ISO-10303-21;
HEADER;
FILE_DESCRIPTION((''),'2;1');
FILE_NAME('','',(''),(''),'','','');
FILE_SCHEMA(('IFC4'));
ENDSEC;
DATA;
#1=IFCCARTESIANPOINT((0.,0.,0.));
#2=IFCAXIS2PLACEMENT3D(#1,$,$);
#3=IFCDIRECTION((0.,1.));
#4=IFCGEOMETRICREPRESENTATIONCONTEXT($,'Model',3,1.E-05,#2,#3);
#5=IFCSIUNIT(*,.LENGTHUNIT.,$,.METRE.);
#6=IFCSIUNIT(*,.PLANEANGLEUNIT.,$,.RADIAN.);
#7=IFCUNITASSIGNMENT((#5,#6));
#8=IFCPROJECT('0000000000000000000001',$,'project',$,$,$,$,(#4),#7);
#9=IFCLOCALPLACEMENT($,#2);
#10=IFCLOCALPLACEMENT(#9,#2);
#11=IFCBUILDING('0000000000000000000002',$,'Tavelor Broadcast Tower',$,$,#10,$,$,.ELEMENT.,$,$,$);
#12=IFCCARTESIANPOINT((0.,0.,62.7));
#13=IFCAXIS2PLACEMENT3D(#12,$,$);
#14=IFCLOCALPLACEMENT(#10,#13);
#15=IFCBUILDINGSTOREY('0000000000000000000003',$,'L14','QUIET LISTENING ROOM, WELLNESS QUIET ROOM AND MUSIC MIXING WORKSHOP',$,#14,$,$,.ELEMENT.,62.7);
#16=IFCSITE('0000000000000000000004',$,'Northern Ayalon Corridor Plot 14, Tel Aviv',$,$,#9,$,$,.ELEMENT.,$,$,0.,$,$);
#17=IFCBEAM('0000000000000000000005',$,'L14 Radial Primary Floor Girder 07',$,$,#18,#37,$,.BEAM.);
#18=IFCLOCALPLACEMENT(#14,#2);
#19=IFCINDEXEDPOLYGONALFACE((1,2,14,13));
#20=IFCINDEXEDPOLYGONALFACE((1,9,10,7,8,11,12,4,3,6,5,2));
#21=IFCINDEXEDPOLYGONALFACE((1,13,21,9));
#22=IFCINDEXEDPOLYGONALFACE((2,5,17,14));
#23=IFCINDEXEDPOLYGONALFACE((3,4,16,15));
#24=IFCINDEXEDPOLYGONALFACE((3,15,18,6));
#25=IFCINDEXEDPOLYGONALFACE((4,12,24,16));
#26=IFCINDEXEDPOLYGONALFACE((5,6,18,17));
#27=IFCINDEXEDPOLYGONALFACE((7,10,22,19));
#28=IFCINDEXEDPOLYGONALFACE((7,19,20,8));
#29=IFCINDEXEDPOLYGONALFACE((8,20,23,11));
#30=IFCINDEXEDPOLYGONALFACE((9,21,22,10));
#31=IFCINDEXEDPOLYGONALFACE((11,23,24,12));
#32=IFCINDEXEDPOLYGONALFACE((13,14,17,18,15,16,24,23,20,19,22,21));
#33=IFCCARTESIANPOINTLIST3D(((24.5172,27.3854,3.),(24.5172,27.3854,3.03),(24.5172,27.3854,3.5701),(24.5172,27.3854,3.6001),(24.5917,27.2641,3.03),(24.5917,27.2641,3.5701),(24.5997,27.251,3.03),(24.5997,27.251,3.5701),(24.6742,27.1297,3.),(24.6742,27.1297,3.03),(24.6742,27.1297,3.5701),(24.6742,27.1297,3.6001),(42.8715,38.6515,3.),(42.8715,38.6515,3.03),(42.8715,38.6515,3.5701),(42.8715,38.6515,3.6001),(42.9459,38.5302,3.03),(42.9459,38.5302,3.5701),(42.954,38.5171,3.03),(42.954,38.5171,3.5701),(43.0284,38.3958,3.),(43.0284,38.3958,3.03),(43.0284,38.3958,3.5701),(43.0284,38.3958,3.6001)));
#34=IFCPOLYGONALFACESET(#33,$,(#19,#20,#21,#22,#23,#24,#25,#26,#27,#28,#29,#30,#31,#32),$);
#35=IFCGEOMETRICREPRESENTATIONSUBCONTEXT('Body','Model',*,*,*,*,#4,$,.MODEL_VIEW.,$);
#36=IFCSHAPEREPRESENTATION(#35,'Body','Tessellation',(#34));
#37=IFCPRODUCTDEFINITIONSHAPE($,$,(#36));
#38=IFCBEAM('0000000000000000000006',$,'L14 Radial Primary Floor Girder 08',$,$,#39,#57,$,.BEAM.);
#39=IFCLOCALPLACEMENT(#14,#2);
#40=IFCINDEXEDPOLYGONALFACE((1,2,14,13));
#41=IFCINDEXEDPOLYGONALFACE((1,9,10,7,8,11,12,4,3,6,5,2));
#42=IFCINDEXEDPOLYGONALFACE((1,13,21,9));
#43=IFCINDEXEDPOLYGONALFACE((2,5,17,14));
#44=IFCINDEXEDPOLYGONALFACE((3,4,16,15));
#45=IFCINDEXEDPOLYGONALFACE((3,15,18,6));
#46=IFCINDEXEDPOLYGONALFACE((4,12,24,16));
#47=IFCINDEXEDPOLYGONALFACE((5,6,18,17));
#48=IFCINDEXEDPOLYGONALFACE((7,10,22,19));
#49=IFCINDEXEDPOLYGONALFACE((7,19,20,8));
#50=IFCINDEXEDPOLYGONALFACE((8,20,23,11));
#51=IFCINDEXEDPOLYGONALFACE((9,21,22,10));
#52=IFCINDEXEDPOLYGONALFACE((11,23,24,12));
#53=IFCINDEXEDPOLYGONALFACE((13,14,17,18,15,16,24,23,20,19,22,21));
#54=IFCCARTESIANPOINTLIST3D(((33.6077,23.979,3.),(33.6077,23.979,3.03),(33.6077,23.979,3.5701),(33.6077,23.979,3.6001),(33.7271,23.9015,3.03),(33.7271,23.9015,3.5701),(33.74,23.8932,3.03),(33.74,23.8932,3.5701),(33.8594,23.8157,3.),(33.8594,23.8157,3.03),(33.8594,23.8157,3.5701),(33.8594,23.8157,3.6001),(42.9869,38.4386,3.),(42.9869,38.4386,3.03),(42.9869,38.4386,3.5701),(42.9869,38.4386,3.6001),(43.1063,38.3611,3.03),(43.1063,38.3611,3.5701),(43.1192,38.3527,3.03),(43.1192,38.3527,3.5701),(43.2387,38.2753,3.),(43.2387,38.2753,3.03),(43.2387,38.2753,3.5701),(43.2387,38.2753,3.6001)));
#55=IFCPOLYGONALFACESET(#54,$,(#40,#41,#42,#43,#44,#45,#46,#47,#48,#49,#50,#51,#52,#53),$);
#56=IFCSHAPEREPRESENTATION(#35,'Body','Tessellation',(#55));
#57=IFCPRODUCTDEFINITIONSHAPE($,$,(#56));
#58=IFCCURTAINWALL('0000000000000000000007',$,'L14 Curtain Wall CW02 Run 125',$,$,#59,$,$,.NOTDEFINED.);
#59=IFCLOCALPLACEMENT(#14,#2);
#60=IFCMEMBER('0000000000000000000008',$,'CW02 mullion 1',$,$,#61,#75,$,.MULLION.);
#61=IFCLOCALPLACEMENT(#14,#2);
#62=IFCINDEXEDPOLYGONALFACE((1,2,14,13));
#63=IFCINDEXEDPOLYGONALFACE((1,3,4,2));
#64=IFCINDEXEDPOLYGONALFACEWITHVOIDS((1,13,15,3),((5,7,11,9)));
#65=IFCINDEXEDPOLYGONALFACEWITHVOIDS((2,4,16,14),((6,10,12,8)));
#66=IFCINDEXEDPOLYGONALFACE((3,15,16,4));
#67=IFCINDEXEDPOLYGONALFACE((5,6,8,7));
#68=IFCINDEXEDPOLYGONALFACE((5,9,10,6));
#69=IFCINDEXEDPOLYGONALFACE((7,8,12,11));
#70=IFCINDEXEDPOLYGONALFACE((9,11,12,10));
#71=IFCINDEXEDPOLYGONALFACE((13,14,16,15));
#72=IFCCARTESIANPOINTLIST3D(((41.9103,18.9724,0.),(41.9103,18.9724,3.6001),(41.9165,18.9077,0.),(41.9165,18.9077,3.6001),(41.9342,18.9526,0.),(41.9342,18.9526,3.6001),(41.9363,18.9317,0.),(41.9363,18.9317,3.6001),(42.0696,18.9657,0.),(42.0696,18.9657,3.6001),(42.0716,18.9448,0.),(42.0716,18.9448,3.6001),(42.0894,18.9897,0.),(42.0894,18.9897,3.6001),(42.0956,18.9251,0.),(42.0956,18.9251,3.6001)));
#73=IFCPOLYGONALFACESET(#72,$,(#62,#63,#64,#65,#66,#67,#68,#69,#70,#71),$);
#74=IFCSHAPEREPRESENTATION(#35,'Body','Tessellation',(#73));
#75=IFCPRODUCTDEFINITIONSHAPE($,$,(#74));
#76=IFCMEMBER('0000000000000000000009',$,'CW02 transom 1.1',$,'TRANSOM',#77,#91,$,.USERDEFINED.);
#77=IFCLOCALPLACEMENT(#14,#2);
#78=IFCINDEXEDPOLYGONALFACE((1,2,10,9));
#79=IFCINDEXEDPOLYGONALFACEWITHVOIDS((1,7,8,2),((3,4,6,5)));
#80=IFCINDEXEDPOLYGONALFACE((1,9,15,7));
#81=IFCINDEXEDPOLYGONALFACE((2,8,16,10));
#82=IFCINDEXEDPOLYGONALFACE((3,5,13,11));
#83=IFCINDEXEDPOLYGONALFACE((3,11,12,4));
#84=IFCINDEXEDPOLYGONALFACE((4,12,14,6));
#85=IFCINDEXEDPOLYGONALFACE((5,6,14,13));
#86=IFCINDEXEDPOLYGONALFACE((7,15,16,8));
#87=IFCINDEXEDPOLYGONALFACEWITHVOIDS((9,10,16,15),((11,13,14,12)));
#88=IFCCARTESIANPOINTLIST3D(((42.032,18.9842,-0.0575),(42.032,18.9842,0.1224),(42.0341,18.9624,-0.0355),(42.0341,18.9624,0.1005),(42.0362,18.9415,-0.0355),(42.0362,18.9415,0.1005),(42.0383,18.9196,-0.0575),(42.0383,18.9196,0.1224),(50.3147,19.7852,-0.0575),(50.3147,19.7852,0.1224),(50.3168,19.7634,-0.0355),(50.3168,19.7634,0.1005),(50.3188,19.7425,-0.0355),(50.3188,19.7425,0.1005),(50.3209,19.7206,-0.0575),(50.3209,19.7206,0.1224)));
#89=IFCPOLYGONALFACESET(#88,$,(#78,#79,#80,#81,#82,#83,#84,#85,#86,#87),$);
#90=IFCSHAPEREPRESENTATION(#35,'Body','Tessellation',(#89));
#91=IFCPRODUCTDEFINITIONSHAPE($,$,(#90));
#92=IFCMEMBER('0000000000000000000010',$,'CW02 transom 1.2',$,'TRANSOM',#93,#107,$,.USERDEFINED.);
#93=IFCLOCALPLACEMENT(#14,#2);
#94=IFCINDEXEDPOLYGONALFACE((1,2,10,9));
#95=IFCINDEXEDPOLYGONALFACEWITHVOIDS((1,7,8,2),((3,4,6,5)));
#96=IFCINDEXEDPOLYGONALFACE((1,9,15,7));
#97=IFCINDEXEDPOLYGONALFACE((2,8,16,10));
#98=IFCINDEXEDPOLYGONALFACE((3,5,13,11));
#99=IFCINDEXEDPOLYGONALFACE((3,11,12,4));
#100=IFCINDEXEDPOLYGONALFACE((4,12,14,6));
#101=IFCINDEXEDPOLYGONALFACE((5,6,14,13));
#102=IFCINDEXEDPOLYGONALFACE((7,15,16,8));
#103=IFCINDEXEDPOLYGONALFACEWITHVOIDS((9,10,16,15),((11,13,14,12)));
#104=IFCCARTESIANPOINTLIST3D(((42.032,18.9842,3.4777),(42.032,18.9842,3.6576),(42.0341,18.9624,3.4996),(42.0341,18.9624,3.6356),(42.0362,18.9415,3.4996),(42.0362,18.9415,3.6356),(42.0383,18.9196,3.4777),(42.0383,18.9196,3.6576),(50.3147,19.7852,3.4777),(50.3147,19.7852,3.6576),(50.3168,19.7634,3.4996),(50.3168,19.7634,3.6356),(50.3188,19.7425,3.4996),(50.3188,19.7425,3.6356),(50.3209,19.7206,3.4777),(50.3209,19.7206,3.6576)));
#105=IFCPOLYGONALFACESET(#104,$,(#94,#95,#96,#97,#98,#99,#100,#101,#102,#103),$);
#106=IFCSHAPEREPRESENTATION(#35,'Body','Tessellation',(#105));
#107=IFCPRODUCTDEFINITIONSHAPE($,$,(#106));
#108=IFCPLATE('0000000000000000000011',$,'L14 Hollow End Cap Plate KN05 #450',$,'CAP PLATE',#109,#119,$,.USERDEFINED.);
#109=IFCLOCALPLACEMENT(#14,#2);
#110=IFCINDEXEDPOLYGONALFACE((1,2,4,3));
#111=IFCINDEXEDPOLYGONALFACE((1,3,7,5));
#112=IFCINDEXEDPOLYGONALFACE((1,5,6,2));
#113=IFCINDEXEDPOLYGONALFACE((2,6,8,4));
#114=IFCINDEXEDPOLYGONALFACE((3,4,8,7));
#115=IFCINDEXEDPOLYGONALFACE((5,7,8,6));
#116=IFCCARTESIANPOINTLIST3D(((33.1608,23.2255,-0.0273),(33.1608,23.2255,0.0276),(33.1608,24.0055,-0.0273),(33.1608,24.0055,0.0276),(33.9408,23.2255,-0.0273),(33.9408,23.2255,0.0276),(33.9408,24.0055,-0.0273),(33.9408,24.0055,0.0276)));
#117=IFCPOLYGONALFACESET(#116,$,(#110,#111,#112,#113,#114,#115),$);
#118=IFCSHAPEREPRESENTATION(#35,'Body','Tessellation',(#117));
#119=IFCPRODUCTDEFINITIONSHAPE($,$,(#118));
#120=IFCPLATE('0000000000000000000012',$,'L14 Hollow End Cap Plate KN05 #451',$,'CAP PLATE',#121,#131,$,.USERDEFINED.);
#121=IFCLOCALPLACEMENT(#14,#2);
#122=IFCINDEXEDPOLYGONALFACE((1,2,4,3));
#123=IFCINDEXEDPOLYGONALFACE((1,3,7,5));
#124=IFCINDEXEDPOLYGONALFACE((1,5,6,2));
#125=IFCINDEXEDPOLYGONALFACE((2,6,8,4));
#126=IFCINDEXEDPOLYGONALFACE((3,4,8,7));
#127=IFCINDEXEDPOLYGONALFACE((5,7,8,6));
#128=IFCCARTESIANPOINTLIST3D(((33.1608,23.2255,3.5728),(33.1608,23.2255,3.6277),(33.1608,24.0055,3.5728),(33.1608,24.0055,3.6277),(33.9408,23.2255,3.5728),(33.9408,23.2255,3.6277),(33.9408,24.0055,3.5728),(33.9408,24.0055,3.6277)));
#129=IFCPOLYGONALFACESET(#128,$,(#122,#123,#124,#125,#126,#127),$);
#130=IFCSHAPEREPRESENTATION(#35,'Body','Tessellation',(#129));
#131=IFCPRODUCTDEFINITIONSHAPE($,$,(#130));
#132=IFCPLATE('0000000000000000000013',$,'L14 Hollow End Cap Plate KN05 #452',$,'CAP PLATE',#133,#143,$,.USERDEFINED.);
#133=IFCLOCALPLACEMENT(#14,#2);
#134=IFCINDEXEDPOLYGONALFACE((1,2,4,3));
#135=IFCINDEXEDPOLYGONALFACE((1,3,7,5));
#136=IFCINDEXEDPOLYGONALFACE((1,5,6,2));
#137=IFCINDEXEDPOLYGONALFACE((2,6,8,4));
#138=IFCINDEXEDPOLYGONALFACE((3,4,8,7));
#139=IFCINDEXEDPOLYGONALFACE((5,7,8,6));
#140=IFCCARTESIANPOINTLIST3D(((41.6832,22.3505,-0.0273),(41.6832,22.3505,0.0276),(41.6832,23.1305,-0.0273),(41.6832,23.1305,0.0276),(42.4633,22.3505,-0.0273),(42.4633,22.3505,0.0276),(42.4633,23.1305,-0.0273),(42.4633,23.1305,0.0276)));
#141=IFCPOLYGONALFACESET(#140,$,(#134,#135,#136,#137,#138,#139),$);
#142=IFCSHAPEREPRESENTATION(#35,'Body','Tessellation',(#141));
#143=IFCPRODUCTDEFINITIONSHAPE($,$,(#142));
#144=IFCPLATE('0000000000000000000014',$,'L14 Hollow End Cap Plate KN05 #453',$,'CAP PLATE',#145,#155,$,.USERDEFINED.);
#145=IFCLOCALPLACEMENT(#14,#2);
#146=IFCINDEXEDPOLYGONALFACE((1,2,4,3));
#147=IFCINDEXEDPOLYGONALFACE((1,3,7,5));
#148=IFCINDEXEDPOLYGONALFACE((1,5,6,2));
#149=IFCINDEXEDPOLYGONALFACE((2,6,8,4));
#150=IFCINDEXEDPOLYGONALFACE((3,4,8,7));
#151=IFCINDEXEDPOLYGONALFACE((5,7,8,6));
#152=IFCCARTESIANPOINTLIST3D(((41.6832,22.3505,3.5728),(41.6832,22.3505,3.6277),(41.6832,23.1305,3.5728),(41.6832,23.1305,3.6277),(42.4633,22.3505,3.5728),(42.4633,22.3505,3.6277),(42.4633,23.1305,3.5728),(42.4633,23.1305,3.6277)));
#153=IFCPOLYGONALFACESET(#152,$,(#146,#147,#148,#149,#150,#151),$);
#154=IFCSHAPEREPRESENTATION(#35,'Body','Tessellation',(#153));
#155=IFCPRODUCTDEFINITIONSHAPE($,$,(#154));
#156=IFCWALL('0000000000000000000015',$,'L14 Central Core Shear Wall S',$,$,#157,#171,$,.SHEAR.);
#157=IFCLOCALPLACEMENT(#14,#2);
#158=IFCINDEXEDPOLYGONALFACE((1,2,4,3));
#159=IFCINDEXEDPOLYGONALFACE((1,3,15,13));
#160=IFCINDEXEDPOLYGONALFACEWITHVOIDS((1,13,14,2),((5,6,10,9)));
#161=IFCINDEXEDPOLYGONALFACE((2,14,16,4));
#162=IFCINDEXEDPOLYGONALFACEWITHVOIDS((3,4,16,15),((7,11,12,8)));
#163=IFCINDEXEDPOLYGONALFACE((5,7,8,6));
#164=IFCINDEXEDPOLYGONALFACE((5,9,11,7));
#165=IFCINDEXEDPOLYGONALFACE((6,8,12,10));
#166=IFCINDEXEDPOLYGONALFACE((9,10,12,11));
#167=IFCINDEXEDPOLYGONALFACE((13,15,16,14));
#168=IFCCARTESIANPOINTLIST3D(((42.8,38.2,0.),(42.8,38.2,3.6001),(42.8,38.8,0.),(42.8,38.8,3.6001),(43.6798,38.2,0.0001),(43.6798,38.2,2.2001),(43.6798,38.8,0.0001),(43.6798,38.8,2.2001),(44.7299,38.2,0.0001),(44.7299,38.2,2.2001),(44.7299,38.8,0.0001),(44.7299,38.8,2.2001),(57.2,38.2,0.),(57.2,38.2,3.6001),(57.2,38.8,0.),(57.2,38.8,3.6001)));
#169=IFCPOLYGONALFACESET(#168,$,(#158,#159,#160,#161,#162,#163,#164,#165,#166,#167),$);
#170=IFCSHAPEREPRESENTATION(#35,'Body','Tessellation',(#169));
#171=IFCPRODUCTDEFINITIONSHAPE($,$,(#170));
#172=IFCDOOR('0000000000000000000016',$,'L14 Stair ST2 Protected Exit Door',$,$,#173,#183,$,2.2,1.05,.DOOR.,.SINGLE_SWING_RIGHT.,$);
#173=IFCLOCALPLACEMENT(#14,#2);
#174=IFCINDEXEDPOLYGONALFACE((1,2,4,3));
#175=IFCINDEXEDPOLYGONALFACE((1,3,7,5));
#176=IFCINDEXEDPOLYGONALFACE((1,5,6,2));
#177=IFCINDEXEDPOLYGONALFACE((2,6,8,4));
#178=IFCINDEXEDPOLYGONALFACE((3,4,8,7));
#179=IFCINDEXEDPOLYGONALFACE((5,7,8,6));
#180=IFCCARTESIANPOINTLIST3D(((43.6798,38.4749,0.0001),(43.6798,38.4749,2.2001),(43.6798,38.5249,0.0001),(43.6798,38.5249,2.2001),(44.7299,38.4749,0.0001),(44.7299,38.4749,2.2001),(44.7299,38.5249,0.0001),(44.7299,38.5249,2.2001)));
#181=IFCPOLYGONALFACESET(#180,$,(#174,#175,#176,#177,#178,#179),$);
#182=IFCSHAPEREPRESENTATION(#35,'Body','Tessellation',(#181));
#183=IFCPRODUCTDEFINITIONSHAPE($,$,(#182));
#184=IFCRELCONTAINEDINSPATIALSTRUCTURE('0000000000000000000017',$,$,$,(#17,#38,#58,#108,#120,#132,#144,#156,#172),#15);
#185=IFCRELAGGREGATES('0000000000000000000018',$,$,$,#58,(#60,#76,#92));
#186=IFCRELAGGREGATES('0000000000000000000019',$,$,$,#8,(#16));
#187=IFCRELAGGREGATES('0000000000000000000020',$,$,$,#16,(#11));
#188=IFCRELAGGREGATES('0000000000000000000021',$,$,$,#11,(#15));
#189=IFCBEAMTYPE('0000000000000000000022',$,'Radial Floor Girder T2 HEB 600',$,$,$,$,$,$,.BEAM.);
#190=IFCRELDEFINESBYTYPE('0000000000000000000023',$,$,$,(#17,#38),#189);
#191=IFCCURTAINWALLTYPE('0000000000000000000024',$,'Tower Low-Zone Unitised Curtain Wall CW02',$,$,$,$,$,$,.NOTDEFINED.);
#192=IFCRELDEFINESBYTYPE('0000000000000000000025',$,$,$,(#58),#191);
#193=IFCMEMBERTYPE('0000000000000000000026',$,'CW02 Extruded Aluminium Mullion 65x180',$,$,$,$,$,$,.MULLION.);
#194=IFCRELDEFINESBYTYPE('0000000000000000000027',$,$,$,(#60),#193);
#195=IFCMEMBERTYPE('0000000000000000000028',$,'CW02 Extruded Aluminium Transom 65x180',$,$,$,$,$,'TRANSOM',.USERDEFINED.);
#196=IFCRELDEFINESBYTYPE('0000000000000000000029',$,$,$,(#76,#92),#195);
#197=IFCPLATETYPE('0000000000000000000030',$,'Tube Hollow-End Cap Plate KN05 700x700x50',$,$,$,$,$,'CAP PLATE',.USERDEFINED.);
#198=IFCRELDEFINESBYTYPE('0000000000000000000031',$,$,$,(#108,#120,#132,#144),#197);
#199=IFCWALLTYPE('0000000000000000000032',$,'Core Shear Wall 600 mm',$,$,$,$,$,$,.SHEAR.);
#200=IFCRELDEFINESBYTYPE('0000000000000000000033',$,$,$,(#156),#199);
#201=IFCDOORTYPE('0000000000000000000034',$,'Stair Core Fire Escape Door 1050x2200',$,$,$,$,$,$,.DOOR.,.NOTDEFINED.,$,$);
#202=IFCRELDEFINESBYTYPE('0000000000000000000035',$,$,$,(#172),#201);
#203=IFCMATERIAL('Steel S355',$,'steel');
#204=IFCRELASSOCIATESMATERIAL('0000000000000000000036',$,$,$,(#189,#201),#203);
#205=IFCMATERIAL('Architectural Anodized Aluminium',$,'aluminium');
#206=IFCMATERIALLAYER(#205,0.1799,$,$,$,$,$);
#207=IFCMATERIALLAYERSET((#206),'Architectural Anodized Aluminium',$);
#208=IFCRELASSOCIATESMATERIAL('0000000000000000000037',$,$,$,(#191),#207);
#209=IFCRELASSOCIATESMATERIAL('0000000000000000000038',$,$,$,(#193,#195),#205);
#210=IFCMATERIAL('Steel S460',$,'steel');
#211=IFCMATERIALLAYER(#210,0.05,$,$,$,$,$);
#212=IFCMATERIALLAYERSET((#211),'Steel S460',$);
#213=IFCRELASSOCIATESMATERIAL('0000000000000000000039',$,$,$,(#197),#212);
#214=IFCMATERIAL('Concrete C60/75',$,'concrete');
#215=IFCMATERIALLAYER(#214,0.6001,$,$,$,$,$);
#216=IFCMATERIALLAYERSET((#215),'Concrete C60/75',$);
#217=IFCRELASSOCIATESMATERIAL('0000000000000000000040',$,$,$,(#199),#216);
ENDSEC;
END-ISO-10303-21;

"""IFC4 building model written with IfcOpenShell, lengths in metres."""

from ifc_helpers import new_model, si_unit, direction, frame, frame_2d, origin, origin_2d, place, context, subcontext, project, spatial, rectangle, hollow_rectangle, i_section, extrude, source, transform, mapped, material, layer, layer_set, material_profile, profile_set, type_object, type_shapes, element, fill, aggregate, save


model = new_model("IFC4")

# Units and contexts
model_context = context("Model", 3, precision=1e-05, world=origin(), true_north=direction((0.0, 1.0)))
body_context = subcontext(model_context, "Body", "Model", "MODEL_VIEW")
ifc_project = project(units=[si_unit("LENGTHUNIT", "METRE"), si_unit("PLANEANGLEUNIT", "RADIAN")], contexts=[model_context])

# Site, building, storey
site_placement = place(None, origin())
site = spatial("IfcSite", under=ifc_project, at=site_placement, Name="Northern Ayalon Corridor Plot 14, Tel Aviv", CompositionType="ELEMENT", RefElevation=0.0)
building_placement = place(site_placement, origin())
building = spatial("IfcBuilding", under=site, at=building_placement, Name="Tavelor Broadcast Tower", CompositionType="ELEMENT")
storey_placement = place(building_placement, frame((0.0, 0.0, 62.7)))
storey = spatial("IfcBuildingStorey", under=building, at=storey_placement, Name="L14", Description="QUIET LISTENING ROOM, WELLNESS QUIET ROOM AND MUSIC MIXING WORKSHOP", CompositionType="ELEMENT", Elevation=62.7)

# Shared definitions
ifc_material_1 = material(Name="Steel S460", Category="steel")

# Beams
ifc_material_2 = material(Name="Steel S355", Category="steel")
ifc_material_profile_1 = material_profile(ifc_material_2, i_section(OverallWidth=0.3, OverallDepth=0.6001, WebThickness=0.0154, FlangeThickness=0.03, at=origin_2d()), Name="HEB 600")
ifc_profile_set_1 = profile_set([ifc_material_profile_1], Name="Steel S355")
beam_type_1 = type_object("IfcBeamType", Name="Radial Floor Girder T2 HEB 600", PredefinedType="BEAM", material=ifc_profile_set_1)
beam_1_placement = place(storey_placement, frame((42.95, 38.5237, 3.3), z_axis=(-0.852255, -0.523127, 0.0), x_axis=(0.523127, -0.852255, 0.0)))
element("IfcBeam", 1, at=beam_1_placement, inside=storey, type_object=beam_type_1, Name="L14 Radial Primary Floor Girder 07", PredefinedType="BEAM", context=body_context, shape_type="SweptSolid", body=[
    extrude(i_section(OverallWidth=0.3, OverallDepth=0.6001, WebThickness=0.0154, FlangeThickness=0.03, at=origin_2d()), origin(), (0.0, 0.0, 1.0), 21.5361),
])
beam_2_placement = place(storey_placement, frame((43.1128, 38.3569, 3.3), z_axis=(-0.544192, -0.83896, 0.0), x_axis=(0.83896, -0.544192, 0.0)))
element("IfcBeam", 2, at=beam_2_placement, inside=storey, type_object=beam_type_1, Name="L14 Radial Primary Floor Girder 08", PredefinedType="BEAM", context=body_context, shape_type="SweptSolid", body=[
    extrude(i_section(OverallWidth=0.3, OverallDepth=0.6001, WebThickness=0.0154, FlangeThickness=0.03, at=origin_2d()), origin(), (0.0, 0.0, 1.0), 17.2351),
])

# Curtain wall, members
ifc_material_3 = material(Name="Architectural Anodized Aluminium", Category="aluminium")
ifc_layer_1 = layer(ifc_material_3, 0.1799)
ifc_layer_set_1 = layer_set([ifc_layer_1], Name="Architectural Anodized Aluminium")
curtain_wall_type = type_object("IfcCurtainWallType", Name="Tower Low-Zone Unitised Curtain Wall CW02", PredefinedType="NOTDEFINED", material=ifc_layer_set_1)
curtain_wall_placement = place(storey_placement, origin())
curtain_wall = element("IfcCurtainWall", 3, at=curtain_wall_placement, inside=storey, type_object=curtain_wall_type, Name="L14 Curtain Wall CW02 Run 125", PredefinedType="NOTDEFINED")
ifc_material_profile_2 = material_profile(ifc_material_3, hollow_rectangle(XDim=0.0649, YDim=0.1799, WallThickness=0.022, at=origin_2d()), Name="RHS 65x180x22")
ifc_profile_set_2 = profile_set([ifc_material_profile_2], Name="Architectural Anodized Aluminium")
member_type_1 = type_object("IfcMemberType", Name="CW02 Extruded Aluminium Mullion 65x180", PredefinedType="MULLION", material=ifc_profile_set_2)
shared_shape_1 = source(origin(), body_context, "Body", "SweptSolid", [
    extrude(hollow_rectangle(XDim=0.0649, YDim=0.1799, WallThickness=0.022, at=origin_2d()), origin(), (0.0, 0.0, 1.0), 3.6001),
])
type_shapes(member_type_1, [shared_shape_1])
member_1_placement = place(storey_placement, frame((42.0029, 18.9487, 0.0), z_axis=(0.0, 0.0, 1.0), x_axis=(-0.096281, 0.995354, 0.0)))
member_1 = element("IfcMember", 4, at=member_1_placement, type_object=member_type_1, Name="CW02 mullion 1", PredefinedType="MULLION", context=body_context, shape_type="MappedRepresentation", body=[
    mapped(shared_shape_1, transform((0.0, 0.0, 0.0), scale=1.0)),
])
ifc_material_profile_3 = material_profile(ifc_material_3, hollow_rectangle(XDim=0.0649, YDim=0.1799, WallThickness=0.022, at=origin_2d()), Name="RHS 65x180x22")
ifc_profile_set_3 = profile_set([ifc_material_profile_3], Name="Architectural Anodized Aluminium")
member_type_2 = type_object("IfcMemberType", Name="CW02 Extruded Aluminium Transom 65x180", ElementType="TRANSOM", PredefinedType="USERDEFINED", material=ifc_profile_set_3)
shared_shape_2 = source(origin(), body_context, "Body", "SweptSolid", [
    extrude(hollow_rectangle(XDim=0.0649, YDim=0.1799, WallThickness=0.022, at=origin_2d()), origin(), (0.0, 0.0, 1.0), 8.3213),
])
type_shapes(member_type_2, [shared_shape_2])
member_2_placement = place(storey_placement, frame((42.0352, 18.9519, 0.0325), z_axis=(0.995356, 0.096261, 0.0), x_axis=(-0.096261, 0.995356, 0.0)))
member_2 = element("IfcMember", 5, at=member_2_placement, type_object=member_type_2, Name="CW02 transom 1.1", ObjectType="TRANSOM", PredefinedType="USERDEFINED", context=body_context, shape_type="MappedRepresentation", body=[
    mapped(shared_shape_2, transform((0.0, 0.0, 0.0), scale=1.0)),
])
member_3_placement = place(storey_placement, frame((42.0352, 18.9519, 3.5676), z_axis=(0.995356, 0.096261, 0.0), x_axis=(-0.096261, 0.995356, 0.0)))
member_3 = element("IfcMember", 6, at=member_3_placement, type_object=member_type_2, Name="CW02 transom 1.2", ObjectType="TRANSOM", PredefinedType="USERDEFINED", context=body_context, shape_type="MappedRepresentation", body=[
    mapped(shared_shape_2, transform((0.0, 0.0, 0.0), scale=1.0)),
])
aggregate(curtain_wall, [member_1, member_2, member_3])

# Plates
ifc_layer_2 = layer(ifc_material_1, 0.05)
ifc_layer_set_2 = layer_set([ifc_layer_2], Name="Steel S460")
plate_type = type_object("IfcPlateType", Name="Tube Hollow-End Cap Plate KN05 700x700x50", ElementType="CAP PLATE", PredefinedType="USERDEFINED", material=ifc_layer_set_2)
shared_shape_3 = source(origin(), body_context, "Body", "SweptSolid", [
    extrude(rectangle(XDim=0.78, YDim=0.78, at=origin_2d()), origin(), (0.0, 0.0, 1.0), 0.0549),
])
type_shapes(plate_type, [shared_shape_3])
for number, where, z_axis, x_axis, name in (
    (7, (33.5508, 23.6155, -0.0273), (0.0, 0.0, 1.0), (1.0, 0.0, 0.0), "L14 Hollow End Cap Plate KN05 #450"),
    (8, (33.5508, 23.6155, 3.5728), (0.0, 0.0, 1.0), (1.0, 0.0, 0.0), "L14 Hollow End Cap Plate KN05 #451"),
    (9, (42.0732, 22.7405, -0.0273), (0.0, 0.0, 1.0), (1.0, 0.0, 0.0), "L14 Hollow End Cap Plate KN05 #452"),
    (10, (42.0732, 22.7405, 3.5728), (0.0, 0.0, 1.0), (1.0, 0.0, 0.0), "L14 Hollow End Cap Plate KN05 #453"),
):
    element("IfcPlate", number, at=place(storey_placement, frame(where, z_axis=z_axis, x_axis=x_axis)), inside=storey, type_object=plate_type, Name=name, ObjectType="CAP PLATE", PredefinedType="USERDEFINED", context=body_context, shape_type="MappedRepresentation", body=[
        mapped(shared_shape_3, transform((0.0, 0.0, 0.0), scale=1.0)),
    ])

# Wall, opening, door
ifc_material_4 = material(Name="Concrete C60/75", Category="concrete")
ifc_layer_3 = layer(ifc_material_4, 0.6001)
ifc_layer_set_3 = layer_set([ifc_layer_3], Name="Concrete C60/75")
wall_type_1 = type_object("IfcWallType", Name="Core Shear Wall 600 mm", PredefinedType="SHEAR", material=ifc_layer_set_3)
wall_1_placement = place(storey_placement, frame((42.8, 38.5, 0.0), z_axis=(0.0, 0.0, 1.0), x_axis=(1.0, 0.0, 0.0)))
wall_1 = element("IfcWall", 11, at=wall_1_placement, inside=storey, type_object=wall_type_1, Name="L14 Central Core Shear Wall S", PredefinedType="SHEAR", context=body_context, shape_type="SweptSolid", body=[
    extrude(rectangle(XDim=14.3999, YDim=0.6001, at=frame_2d((7.2, 0.0))), origin(), (0.0, 0.0, 1.0), 3.6001),
])
opening_1_placement = place(wall_1_placement, frame((0.8799, 0.0, 0.0)))
opening_1 = element("IfcOpeningElement", 12, at=opening_1_placement, cuts=wall_1, PredefinedType="OPENING", context=body_context, shape_type="SweptSolid", body=[
    extrude(rectangle(XDim=1.05, YDim=2.2, at=frame_2d((0.5249, 1.1001))), frame((0.0, 0.3101, 0.0), z_axis=(0.0, -1.0, 0.0), x_axis=(1.0, 0.0, 0.0)), (0.0, 0.0, 1.0), 0.6201),
])
door_type_1 = type_object("IfcDoorType", Name="Stair Core Fire Escape Door 1050x2200", OperationType="NOTDEFINED", PredefinedType="DOOR", material=ifc_material_2)
door_1_placement = place(opening_1_placement, origin())
door_1 = element("IfcDoor", 13, at=door_1_placement, inside=storey, type_object=door_type_1, Name="L14 Stair ST2 Protected Exit Door", OperationType="SINGLE_SWING_RIGHT", OverallHeight=2.2, OverallWidth=1.05, PredefinedType="DOOR", context=body_context, shape_type="SweptSolid", body=[
    extrude(rectangle(XDim=1.05, YDim=2.2, at=frame_2d((0.5249, 1.1001))), frame((0.0, 0.0249, 0.0), z_axis=(0.0, -1.0, 0.0), x_axis=(1.0, 0.0, 0.0)), (0.0, 0.0, 1.0), 0.05),
])
fill(opening_1, door_1)

save(model, "model.ifc")
